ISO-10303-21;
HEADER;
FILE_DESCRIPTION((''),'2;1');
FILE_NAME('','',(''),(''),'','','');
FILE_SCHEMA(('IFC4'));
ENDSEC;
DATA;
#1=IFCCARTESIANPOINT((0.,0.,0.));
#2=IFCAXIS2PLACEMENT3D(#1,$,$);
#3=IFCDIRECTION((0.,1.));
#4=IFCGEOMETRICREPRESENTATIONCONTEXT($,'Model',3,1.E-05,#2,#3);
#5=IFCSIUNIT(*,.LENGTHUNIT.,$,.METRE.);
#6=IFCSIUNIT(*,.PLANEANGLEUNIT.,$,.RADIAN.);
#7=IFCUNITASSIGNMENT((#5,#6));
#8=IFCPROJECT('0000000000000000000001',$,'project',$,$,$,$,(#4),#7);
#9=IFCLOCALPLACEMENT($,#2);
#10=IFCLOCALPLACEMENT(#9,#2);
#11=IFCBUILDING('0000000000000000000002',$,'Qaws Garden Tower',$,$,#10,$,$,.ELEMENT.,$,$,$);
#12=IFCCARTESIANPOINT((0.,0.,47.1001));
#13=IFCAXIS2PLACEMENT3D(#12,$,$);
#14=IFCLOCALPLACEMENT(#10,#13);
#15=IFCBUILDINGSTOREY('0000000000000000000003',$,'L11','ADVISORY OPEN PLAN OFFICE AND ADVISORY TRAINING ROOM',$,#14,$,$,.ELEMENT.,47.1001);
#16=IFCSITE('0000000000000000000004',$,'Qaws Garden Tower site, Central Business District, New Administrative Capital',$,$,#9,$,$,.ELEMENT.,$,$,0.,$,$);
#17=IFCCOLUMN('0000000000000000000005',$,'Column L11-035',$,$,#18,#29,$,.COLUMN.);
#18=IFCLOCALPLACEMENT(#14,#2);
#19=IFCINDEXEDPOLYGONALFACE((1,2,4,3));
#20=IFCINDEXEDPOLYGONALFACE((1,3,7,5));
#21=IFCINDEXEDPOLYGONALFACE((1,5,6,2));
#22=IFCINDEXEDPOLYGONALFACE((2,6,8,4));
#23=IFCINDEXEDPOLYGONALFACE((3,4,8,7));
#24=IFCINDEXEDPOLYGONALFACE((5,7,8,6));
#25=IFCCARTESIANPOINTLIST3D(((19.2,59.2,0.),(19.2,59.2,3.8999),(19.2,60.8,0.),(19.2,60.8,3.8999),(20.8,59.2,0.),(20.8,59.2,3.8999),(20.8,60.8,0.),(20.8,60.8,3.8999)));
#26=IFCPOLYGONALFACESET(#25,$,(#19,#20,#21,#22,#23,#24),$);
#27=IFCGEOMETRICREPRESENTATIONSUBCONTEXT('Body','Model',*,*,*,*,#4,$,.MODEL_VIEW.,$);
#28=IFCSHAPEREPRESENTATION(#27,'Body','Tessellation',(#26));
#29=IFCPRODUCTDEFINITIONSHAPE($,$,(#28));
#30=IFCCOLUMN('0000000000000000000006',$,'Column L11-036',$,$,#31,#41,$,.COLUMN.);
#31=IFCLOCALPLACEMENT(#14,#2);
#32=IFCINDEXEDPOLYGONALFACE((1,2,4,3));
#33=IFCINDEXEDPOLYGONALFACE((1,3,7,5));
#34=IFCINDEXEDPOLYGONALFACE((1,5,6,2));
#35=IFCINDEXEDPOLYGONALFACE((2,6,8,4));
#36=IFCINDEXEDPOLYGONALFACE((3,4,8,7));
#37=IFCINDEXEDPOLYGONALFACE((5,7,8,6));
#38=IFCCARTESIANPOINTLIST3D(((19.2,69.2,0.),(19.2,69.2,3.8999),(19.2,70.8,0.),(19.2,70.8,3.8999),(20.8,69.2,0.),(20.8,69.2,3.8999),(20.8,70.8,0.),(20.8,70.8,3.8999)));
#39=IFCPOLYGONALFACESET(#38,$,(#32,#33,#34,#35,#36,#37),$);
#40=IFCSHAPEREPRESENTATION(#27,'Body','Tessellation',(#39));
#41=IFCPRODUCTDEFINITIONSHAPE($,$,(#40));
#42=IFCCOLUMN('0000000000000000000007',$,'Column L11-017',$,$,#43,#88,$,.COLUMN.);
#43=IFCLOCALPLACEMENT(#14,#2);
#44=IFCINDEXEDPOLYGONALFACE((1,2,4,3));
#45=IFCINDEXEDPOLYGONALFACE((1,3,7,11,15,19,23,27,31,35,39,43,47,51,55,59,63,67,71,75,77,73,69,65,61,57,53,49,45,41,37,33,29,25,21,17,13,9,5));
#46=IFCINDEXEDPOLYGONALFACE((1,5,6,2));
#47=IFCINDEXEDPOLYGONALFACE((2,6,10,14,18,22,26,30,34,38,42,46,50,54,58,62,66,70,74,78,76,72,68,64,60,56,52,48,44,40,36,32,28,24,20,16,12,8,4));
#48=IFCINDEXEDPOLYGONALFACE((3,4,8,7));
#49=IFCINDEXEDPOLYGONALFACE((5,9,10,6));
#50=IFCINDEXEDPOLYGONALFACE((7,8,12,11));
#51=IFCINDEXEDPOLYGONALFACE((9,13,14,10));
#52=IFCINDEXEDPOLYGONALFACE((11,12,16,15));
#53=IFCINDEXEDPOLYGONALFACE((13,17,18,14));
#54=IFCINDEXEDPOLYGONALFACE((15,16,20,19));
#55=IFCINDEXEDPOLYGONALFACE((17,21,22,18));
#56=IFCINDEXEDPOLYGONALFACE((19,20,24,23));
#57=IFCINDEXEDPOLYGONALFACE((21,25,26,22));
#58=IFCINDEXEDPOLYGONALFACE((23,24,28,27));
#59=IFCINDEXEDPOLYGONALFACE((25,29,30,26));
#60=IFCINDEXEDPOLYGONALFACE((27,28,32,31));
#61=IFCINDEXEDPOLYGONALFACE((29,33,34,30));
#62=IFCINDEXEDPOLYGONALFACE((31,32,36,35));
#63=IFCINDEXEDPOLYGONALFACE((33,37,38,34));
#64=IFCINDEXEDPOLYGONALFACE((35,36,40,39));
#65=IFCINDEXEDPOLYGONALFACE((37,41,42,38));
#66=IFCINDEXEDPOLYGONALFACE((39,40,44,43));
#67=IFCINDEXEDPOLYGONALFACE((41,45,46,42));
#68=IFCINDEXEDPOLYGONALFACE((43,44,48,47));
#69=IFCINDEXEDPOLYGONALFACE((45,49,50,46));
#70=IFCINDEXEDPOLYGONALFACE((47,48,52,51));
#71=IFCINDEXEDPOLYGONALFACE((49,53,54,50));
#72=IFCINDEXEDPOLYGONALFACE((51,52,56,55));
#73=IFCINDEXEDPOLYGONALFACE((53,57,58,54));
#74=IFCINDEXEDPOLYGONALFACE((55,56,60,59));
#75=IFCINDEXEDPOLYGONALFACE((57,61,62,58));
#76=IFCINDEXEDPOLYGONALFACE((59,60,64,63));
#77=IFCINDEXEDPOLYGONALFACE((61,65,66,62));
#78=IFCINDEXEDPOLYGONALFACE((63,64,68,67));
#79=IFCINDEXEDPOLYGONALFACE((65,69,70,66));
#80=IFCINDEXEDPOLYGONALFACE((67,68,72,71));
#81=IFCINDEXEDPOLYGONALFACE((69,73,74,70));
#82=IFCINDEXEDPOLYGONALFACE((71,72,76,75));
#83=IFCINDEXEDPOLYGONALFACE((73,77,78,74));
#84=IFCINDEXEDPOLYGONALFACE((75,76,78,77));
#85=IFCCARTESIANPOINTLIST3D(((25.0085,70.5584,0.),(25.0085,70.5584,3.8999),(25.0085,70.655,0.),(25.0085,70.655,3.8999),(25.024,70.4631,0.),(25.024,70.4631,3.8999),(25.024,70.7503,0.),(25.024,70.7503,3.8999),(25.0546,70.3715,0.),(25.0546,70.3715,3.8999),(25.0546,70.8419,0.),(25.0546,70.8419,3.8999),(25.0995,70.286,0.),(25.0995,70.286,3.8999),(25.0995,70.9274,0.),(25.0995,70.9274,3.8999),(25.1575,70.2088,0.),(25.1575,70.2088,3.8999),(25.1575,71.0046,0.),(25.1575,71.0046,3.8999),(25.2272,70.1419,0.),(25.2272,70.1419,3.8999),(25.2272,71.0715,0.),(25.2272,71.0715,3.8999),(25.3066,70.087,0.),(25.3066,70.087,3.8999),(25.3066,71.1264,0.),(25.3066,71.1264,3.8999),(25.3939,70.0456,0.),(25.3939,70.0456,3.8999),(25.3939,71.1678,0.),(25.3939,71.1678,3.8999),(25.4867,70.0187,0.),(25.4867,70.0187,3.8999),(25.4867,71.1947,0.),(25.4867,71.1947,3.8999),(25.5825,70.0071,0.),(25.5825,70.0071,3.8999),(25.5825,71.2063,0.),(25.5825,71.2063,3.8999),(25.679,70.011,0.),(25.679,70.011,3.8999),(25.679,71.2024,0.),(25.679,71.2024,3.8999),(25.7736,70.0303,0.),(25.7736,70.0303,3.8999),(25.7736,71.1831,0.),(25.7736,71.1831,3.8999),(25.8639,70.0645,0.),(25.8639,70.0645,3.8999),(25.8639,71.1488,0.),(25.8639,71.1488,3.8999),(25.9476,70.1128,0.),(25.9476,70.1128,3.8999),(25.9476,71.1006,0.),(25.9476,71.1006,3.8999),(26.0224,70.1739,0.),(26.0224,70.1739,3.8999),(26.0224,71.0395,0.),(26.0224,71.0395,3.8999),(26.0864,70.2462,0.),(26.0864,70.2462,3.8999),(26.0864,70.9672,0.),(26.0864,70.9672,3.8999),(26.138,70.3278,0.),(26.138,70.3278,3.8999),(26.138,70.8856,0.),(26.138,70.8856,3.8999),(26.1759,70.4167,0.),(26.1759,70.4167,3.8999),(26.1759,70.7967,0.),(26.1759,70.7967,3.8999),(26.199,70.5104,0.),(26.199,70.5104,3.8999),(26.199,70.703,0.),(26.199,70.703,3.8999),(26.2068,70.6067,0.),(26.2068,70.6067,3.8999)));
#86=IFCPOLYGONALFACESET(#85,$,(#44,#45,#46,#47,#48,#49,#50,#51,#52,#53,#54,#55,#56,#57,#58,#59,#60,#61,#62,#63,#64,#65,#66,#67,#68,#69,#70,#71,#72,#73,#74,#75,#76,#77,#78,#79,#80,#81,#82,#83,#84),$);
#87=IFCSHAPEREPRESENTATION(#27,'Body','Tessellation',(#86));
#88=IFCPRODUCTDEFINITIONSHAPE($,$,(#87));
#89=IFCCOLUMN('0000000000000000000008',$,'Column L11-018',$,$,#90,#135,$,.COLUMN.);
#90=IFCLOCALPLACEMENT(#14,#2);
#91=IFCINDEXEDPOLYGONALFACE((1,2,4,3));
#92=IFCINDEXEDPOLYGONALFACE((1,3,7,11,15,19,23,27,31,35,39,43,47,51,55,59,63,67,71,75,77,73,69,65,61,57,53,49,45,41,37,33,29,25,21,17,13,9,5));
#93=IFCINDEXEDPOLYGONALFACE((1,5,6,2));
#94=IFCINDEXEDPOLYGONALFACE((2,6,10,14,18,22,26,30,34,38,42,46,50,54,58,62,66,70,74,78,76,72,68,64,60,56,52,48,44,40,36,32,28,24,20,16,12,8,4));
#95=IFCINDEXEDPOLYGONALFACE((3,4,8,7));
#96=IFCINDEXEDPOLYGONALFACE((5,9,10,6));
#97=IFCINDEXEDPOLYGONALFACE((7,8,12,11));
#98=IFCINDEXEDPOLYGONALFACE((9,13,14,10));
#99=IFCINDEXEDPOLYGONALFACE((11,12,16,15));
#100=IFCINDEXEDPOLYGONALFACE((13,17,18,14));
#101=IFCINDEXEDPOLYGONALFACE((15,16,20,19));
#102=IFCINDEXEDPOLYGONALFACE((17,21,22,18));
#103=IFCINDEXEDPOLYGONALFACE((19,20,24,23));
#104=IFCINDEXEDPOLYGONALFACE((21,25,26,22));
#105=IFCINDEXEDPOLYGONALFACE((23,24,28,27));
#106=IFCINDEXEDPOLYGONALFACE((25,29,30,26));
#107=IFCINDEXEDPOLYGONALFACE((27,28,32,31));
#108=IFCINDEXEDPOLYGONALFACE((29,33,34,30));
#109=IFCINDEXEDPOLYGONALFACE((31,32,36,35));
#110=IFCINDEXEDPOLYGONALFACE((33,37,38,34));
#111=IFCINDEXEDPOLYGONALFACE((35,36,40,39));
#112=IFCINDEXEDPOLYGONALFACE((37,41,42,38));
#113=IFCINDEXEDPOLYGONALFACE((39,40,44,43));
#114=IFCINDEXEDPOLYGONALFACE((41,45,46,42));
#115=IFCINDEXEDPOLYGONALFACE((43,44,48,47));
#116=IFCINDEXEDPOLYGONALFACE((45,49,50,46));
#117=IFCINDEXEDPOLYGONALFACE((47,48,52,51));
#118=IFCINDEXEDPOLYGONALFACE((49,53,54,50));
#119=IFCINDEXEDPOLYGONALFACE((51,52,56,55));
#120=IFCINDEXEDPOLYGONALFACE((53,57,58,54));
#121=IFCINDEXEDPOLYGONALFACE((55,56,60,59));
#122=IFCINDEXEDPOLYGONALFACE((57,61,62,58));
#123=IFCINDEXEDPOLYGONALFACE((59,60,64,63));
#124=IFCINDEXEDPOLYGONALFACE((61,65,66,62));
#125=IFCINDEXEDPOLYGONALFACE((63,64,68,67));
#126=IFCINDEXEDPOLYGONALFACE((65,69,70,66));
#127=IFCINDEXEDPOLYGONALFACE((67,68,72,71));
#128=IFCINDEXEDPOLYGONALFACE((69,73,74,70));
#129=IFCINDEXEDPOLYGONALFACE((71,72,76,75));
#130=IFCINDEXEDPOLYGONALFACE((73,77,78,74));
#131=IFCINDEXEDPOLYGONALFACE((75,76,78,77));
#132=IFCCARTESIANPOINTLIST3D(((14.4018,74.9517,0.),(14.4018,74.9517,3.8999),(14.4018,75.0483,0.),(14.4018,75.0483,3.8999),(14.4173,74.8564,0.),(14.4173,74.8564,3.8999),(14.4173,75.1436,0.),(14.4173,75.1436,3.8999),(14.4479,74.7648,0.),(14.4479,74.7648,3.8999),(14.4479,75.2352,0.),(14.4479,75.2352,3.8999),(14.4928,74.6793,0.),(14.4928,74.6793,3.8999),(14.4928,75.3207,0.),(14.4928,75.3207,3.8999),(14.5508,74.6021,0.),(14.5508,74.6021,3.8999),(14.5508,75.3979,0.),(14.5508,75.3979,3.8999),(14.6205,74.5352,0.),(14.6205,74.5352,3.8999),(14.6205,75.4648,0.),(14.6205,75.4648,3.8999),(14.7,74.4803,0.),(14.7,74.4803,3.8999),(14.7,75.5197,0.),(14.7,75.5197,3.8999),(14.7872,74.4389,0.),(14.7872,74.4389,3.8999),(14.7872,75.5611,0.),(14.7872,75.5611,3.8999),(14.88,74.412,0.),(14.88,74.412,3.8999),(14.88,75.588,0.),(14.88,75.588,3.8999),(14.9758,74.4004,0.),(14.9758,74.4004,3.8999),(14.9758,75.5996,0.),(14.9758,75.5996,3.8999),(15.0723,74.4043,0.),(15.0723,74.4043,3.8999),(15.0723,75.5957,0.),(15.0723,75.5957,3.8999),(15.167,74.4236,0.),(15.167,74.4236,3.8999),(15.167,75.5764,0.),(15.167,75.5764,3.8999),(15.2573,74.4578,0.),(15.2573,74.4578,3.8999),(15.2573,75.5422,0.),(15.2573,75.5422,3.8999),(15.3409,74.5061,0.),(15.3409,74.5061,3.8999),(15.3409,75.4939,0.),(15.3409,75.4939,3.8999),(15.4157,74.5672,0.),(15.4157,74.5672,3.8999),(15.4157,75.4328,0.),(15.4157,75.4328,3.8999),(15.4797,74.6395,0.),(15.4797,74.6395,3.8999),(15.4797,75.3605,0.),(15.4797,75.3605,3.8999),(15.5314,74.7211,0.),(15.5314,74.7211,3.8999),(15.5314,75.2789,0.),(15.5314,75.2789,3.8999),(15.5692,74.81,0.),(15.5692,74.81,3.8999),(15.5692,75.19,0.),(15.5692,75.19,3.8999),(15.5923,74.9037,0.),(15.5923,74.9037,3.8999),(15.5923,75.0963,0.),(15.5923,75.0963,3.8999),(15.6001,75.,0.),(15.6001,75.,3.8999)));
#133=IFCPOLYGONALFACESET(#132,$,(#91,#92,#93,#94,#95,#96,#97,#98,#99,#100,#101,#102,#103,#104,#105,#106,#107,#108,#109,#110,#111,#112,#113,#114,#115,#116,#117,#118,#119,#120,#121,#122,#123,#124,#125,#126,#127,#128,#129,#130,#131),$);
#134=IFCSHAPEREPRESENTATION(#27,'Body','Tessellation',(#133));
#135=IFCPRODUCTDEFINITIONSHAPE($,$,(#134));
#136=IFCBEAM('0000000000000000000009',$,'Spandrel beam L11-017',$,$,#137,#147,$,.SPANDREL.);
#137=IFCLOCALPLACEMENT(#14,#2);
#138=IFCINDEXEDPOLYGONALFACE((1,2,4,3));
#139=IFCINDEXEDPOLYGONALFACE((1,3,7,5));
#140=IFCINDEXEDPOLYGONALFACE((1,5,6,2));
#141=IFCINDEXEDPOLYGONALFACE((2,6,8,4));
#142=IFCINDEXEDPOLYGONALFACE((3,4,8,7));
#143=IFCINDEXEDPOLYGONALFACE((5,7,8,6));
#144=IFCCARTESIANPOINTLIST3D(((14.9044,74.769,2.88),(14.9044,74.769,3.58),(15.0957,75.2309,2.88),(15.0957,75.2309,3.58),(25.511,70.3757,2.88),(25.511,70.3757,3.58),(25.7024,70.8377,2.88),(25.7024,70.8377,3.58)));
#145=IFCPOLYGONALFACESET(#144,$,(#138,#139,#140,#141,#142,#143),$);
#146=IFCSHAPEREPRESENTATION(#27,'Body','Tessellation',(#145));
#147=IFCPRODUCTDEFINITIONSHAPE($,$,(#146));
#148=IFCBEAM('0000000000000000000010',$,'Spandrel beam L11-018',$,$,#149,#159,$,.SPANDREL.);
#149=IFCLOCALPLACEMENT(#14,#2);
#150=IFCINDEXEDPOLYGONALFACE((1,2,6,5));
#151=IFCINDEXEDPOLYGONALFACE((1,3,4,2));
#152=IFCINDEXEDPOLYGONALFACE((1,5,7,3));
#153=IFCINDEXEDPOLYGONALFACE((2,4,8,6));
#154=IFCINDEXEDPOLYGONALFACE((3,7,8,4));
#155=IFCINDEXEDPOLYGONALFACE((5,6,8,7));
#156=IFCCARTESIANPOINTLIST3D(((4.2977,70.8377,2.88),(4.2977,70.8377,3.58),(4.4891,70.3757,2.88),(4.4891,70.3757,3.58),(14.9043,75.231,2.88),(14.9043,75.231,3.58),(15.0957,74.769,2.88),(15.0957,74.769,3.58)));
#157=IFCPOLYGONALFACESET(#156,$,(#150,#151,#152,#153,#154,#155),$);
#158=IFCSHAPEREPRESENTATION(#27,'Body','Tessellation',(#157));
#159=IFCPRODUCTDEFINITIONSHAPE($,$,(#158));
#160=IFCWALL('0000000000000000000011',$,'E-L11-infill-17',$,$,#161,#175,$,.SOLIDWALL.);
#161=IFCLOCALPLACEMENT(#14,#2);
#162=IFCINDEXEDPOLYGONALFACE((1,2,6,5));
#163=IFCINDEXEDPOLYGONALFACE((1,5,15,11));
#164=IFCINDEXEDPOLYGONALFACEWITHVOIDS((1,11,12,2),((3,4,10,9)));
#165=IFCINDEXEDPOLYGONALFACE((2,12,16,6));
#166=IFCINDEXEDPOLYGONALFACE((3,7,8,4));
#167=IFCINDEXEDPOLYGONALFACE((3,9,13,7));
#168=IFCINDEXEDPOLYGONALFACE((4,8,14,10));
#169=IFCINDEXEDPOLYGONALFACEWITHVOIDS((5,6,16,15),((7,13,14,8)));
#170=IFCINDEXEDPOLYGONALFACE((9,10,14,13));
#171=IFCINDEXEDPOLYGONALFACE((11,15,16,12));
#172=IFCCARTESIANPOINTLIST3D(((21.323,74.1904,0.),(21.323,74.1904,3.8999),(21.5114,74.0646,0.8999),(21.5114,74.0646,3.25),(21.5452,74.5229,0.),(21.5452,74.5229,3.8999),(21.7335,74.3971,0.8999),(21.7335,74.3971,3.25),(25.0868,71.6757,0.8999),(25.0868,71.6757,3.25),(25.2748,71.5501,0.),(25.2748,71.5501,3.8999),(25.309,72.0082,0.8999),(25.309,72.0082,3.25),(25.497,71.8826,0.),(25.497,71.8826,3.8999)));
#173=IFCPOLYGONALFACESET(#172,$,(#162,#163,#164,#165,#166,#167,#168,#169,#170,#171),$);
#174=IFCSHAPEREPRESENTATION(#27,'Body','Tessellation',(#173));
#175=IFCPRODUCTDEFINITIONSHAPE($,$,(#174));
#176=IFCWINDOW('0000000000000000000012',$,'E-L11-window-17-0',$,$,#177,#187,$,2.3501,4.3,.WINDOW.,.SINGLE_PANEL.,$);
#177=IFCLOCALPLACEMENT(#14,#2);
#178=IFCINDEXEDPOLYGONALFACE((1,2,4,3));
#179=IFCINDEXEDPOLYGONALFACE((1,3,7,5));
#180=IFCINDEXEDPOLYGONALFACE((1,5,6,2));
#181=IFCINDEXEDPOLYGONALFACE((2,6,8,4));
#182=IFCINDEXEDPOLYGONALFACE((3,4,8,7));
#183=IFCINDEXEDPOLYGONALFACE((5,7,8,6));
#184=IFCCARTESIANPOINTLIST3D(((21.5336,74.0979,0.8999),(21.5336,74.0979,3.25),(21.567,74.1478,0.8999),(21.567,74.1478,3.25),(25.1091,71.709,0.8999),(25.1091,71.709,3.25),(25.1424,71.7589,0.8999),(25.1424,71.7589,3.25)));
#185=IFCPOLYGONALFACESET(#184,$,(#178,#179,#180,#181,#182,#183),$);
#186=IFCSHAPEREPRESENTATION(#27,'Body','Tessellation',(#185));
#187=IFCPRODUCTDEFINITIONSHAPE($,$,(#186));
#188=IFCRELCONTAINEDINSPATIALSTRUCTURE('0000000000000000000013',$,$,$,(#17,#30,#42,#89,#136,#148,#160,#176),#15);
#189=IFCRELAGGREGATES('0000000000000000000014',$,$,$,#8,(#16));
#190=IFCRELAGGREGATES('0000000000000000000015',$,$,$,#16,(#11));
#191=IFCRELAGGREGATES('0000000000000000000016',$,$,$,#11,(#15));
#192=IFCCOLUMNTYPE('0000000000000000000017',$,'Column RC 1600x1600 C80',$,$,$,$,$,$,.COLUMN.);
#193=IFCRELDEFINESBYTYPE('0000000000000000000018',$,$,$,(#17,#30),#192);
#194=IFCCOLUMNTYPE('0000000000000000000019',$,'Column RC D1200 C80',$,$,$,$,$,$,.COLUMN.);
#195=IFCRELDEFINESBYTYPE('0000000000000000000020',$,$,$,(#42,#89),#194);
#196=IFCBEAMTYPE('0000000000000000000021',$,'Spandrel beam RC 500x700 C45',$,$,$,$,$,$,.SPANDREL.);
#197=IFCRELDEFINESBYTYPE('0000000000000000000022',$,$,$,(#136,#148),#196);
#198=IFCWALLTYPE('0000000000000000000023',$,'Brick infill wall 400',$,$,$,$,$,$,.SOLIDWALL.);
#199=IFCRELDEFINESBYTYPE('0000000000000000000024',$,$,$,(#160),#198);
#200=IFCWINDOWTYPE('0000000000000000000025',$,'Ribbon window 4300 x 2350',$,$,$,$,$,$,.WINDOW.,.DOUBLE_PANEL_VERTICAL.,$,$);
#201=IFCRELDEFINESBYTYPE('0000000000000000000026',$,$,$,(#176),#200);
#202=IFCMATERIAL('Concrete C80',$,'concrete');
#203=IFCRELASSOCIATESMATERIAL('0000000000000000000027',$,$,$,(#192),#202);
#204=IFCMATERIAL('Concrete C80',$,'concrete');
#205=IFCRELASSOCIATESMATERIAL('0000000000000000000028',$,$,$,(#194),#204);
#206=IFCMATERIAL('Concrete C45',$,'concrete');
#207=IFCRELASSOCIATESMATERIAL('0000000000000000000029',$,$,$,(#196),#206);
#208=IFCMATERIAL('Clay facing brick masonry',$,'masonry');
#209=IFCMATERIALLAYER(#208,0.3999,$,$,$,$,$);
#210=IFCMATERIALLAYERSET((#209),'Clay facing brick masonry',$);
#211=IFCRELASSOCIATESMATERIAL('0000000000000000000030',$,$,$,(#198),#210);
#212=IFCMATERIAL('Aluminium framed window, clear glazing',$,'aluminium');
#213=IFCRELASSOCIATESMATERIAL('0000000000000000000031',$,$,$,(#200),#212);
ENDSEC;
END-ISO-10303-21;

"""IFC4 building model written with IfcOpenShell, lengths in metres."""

from ifc_helpers import new_model, si_unit, direction, frame, frame_2d, origin, origin_2d, place, context, subcontext, project, spatial, rectangle, circle, extrude, material, layer, layer_set, material_profile, profile_set, type_object, element, fill, save


model = new_model("IFC4")

# Units and contexts
model_context = context("Model", 3, precision=1e-05, world=origin(), true_north=direction((0.0, 1.0)))
body_context = subcontext(model_context, "Body", "Model", "MODEL_VIEW")
ifc_project = project(units=[si_unit("LENGTHUNIT", "METRE"), si_unit("PLANEANGLEUNIT", "RADIAN")], contexts=[model_context])

# Site, building, storey
site_placement = place(None, origin())
site = spatial("IfcSite", under=ifc_project, at=site_placement, Name="Qaws Garden Tower site, Central Business District, New Administrative Capital", CompositionType="ELEMENT", RefElevation=0.0)
building_placement = place(site_placement, origin())
building = spatial("IfcBuilding", under=site, at=building_placement, Name="Qaws Garden Tower", CompositionType="ELEMENT")
storey_placement = place(building_placement, frame((0.0, 0.0, 47.1001)))
storey = spatial("IfcBuildingStorey", under=building, at=storey_placement, Name="L11", Description="ADVISORY OPEN PLAN OFFICE AND ADVISORY TRAINING ROOM", CompositionType="ELEMENT", Elevation=47.1001)

# Columns
ifc_material_1 = material(Name="Concrete C80", Category="concrete")
ifc_material_profile_1 = material_profile(ifc_material_1, rectangle(XDim=1.6001, YDim=1.6001, at=origin_2d()), Name="RC 1600x1600")
ifc_profile_set_1 = profile_set([ifc_material_profile_1], Name="Concrete C80")
column_type_1 = type_object("IfcColumnType", Name="Column RC 1600x1600 C80", PredefinedType="COLUMN", material=ifc_profile_set_1)
for number, where, z_axis, x_axis, name in (
    (1, (20.0, 60.0, 0.0), (0.0, 0.0, 1.0), (1.0, 0.0, 0.0), "Column L11-035"),
    (2, (20.0, 70.0, 0.0), (0.0, 0.0, 1.0), (1.0, 0.0, 0.0), "Column L11-036"),
):
    element("IfcColumn", number, at=place(storey_placement, frame(where, z_axis=z_axis, x_axis=x_axis)), inside=storey, type_object=column_type_1, Name=name, PredefinedType="COLUMN", context=body_context, shape_type="SweptSolid", body=[
        extrude(rectangle(XDim=1.6001, YDim=1.6001, at=origin_2d()), origin(), (0.0, 0.0, 1.0), 3.8999),
    ])
ifc_material_2 = material(Name="Concrete C80", Category="concrete")
ifc_material_profile_2 = material_profile(ifc_material_2, circle(Radius=0.6001, at=origin_2d()), Name="RC D1200")
ifc_profile_set_2 = profile_set([ifc_material_profile_2], Name="Concrete C80")
column_type_2 = type_object("IfcColumnType", Name="Column RC D1200 C80", PredefinedType="COLUMN", material=ifc_profile_set_2)
for number, where, z_axis, x_axis, name in (
    (3, (25.6067, 70.6067, 0.0), (0.0, 0.0, 1.0), (1.0, 0.0, 0.0), "Column L11-017"),
    (4, (15.0, 75.0, 0.0), (0.0, 0.0, 1.0), (1.0, 0.0, 0.0), "Column L11-018"),
):
    element("IfcColumn", number, at=place(storey_placement, frame(where, z_axis=z_axis, x_axis=x_axis)), inside=storey, type_object=column_type_2, Name=name, PredefinedType="COLUMN", context=body_context, shape_type="SweptSolid", body=[
        extrude(circle(Radius=0.6001, at=origin_2d()), origin(), (0.0, 0.0, 1.0), 3.8999),
    ])

# Beams
ifc_material_3 = material(Name="Concrete C45", Category="concrete")
ifc_material_profile_3 = material_profile(ifc_material_3, rectangle(XDim=0.5, YDim=0.7, at=origin_2d()), Name="RC 500x700")
ifc_profile_set_3 = profile_set([ifc_material_profile_3], Name="Concrete C45")
beam_type = type_object("IfcBeamType", Name="Spandrel beam RC 500x700 C45", PredefinedType="SPANDREL", material=ifc_profile_set_3)
for number, where, z_axis, x_axis, name in (
    (5, (25.6067, 70.6067, 3.23), (-0.923883, 0.382674, 0.0), (-0.382674, -0.923883, 0.0), "Spandrel beam L11-017"),
    (6, (15.0, 75.0, 3.23), (-0.923883, -0.382674, 0.0), (0.382674, -0.923883, 0.0), "Spandrel beam L11-018"),
):
    element("IfcBeam", number, at=place(storey_placement, frame(where, z_axis=z_axis, x_axis=x_axis)), inside=storey, type_object=beam_type, Name=name, PredefinedType="SPANDREL", context=body_context, shape_type="SweptSolid", body=[
        extrude(rectangle(XDim=0.5, YDim=0.7, at=origin_2d()), origin(), (0.0, 0.0, 1.0), 11.4805),
    ])

# Wall, opening, window
ifc_material_4 = material(Name="Clay facing brick masonry", Category="masonry")
ifc_layer_1 = layer(ifc_material_4, 0.3999)
ifc_layer_set_1 = layer_set([ifc_layer_1], Name="Clay facing brick masonry")
wall_type_1 = type_object("IfcWallType", Name="Brick infill wall 400", PredefinedType="SOLIDWALL", material=ifc_layer_set_1)
wall_1_placement = place(storey_placement, frame((25.386, 71.7163, 0.0), z_axis=(0.0, 0.0, 1.0), x_axis=(-0.831489, 0.555542, 0.0)))
wall_1 = element("IfcWall", 7, at=wall_1_placement, inside=storey, type_object=wall_type_1, Name="E-L11-infill-17", PredefinedType="SOLIDWALL", context=body_context, shape_type="SweptSolid", body=[
    extrude(rectangle(XDim=4.7527, YDim=0.3999, at=frame_2d((2.3765, 0.0))), origin(), (0.0, 0.0, 1.0), 3.8999),
])
opening_1_placement = place(wall_1_placement, frame((0.2263, 0.0, 0.8999)))
opening_1 = element("IfcOpeningElement", 8, at=opening_1_placement, cuts=wall_1, PredefinedType="OPENING", context=body_context, shape_type="SweptSolid", body=[
    extrude(rectangle(XDim=4.3, YDim=2.3501, at=frame_2d((2.1499, 1.175))), frame((0.0, 0.21, 0.0), z_axis=(0.0, -1.0, 0.0), x_axis=(1.0, 0.0, 0.0)), (0.0, 0.0, 1.0), 0.4199),
])
ifc_material_5 = material(Name="Aluminium framed window, clear glazing", Category="aluminium")
window_type = type_object("IfcWindowType", Name="Ribbon window 4300 x 2350", PartitioningType="DOUBLE_PANEL_VERTICAL", PredefinedType="WINDOW", material=ifc_material_5)
window_1_placement = place(opening_1_placement, origin())
window_1 = element("IfcWindow", 9, at=window_1_placement, inside=storey, type_object=window_type, Name="E-L11-window-17-0", OverallHeight=2.3501, OverallWidth=4.3, PartitioningType="SINGLE_PANEL", PredefinedType="WINDOW", context=body_context, shape_type="SweptSolid", body=[
    extrude(rectangle(XDim=4.3, YDim=2.3501, at=frame_2d((2.1499, 1.175))), frame((0.0, 0.1599, 0.0), z_axis=(0.0, -1.0, 0.0), x_axis=(1.0, 0.0, 0.0)), (0.0, 0.0, 1.0), 0.0601),
])
fill(opening_1, window_1)

save(model, "model.ifc")
